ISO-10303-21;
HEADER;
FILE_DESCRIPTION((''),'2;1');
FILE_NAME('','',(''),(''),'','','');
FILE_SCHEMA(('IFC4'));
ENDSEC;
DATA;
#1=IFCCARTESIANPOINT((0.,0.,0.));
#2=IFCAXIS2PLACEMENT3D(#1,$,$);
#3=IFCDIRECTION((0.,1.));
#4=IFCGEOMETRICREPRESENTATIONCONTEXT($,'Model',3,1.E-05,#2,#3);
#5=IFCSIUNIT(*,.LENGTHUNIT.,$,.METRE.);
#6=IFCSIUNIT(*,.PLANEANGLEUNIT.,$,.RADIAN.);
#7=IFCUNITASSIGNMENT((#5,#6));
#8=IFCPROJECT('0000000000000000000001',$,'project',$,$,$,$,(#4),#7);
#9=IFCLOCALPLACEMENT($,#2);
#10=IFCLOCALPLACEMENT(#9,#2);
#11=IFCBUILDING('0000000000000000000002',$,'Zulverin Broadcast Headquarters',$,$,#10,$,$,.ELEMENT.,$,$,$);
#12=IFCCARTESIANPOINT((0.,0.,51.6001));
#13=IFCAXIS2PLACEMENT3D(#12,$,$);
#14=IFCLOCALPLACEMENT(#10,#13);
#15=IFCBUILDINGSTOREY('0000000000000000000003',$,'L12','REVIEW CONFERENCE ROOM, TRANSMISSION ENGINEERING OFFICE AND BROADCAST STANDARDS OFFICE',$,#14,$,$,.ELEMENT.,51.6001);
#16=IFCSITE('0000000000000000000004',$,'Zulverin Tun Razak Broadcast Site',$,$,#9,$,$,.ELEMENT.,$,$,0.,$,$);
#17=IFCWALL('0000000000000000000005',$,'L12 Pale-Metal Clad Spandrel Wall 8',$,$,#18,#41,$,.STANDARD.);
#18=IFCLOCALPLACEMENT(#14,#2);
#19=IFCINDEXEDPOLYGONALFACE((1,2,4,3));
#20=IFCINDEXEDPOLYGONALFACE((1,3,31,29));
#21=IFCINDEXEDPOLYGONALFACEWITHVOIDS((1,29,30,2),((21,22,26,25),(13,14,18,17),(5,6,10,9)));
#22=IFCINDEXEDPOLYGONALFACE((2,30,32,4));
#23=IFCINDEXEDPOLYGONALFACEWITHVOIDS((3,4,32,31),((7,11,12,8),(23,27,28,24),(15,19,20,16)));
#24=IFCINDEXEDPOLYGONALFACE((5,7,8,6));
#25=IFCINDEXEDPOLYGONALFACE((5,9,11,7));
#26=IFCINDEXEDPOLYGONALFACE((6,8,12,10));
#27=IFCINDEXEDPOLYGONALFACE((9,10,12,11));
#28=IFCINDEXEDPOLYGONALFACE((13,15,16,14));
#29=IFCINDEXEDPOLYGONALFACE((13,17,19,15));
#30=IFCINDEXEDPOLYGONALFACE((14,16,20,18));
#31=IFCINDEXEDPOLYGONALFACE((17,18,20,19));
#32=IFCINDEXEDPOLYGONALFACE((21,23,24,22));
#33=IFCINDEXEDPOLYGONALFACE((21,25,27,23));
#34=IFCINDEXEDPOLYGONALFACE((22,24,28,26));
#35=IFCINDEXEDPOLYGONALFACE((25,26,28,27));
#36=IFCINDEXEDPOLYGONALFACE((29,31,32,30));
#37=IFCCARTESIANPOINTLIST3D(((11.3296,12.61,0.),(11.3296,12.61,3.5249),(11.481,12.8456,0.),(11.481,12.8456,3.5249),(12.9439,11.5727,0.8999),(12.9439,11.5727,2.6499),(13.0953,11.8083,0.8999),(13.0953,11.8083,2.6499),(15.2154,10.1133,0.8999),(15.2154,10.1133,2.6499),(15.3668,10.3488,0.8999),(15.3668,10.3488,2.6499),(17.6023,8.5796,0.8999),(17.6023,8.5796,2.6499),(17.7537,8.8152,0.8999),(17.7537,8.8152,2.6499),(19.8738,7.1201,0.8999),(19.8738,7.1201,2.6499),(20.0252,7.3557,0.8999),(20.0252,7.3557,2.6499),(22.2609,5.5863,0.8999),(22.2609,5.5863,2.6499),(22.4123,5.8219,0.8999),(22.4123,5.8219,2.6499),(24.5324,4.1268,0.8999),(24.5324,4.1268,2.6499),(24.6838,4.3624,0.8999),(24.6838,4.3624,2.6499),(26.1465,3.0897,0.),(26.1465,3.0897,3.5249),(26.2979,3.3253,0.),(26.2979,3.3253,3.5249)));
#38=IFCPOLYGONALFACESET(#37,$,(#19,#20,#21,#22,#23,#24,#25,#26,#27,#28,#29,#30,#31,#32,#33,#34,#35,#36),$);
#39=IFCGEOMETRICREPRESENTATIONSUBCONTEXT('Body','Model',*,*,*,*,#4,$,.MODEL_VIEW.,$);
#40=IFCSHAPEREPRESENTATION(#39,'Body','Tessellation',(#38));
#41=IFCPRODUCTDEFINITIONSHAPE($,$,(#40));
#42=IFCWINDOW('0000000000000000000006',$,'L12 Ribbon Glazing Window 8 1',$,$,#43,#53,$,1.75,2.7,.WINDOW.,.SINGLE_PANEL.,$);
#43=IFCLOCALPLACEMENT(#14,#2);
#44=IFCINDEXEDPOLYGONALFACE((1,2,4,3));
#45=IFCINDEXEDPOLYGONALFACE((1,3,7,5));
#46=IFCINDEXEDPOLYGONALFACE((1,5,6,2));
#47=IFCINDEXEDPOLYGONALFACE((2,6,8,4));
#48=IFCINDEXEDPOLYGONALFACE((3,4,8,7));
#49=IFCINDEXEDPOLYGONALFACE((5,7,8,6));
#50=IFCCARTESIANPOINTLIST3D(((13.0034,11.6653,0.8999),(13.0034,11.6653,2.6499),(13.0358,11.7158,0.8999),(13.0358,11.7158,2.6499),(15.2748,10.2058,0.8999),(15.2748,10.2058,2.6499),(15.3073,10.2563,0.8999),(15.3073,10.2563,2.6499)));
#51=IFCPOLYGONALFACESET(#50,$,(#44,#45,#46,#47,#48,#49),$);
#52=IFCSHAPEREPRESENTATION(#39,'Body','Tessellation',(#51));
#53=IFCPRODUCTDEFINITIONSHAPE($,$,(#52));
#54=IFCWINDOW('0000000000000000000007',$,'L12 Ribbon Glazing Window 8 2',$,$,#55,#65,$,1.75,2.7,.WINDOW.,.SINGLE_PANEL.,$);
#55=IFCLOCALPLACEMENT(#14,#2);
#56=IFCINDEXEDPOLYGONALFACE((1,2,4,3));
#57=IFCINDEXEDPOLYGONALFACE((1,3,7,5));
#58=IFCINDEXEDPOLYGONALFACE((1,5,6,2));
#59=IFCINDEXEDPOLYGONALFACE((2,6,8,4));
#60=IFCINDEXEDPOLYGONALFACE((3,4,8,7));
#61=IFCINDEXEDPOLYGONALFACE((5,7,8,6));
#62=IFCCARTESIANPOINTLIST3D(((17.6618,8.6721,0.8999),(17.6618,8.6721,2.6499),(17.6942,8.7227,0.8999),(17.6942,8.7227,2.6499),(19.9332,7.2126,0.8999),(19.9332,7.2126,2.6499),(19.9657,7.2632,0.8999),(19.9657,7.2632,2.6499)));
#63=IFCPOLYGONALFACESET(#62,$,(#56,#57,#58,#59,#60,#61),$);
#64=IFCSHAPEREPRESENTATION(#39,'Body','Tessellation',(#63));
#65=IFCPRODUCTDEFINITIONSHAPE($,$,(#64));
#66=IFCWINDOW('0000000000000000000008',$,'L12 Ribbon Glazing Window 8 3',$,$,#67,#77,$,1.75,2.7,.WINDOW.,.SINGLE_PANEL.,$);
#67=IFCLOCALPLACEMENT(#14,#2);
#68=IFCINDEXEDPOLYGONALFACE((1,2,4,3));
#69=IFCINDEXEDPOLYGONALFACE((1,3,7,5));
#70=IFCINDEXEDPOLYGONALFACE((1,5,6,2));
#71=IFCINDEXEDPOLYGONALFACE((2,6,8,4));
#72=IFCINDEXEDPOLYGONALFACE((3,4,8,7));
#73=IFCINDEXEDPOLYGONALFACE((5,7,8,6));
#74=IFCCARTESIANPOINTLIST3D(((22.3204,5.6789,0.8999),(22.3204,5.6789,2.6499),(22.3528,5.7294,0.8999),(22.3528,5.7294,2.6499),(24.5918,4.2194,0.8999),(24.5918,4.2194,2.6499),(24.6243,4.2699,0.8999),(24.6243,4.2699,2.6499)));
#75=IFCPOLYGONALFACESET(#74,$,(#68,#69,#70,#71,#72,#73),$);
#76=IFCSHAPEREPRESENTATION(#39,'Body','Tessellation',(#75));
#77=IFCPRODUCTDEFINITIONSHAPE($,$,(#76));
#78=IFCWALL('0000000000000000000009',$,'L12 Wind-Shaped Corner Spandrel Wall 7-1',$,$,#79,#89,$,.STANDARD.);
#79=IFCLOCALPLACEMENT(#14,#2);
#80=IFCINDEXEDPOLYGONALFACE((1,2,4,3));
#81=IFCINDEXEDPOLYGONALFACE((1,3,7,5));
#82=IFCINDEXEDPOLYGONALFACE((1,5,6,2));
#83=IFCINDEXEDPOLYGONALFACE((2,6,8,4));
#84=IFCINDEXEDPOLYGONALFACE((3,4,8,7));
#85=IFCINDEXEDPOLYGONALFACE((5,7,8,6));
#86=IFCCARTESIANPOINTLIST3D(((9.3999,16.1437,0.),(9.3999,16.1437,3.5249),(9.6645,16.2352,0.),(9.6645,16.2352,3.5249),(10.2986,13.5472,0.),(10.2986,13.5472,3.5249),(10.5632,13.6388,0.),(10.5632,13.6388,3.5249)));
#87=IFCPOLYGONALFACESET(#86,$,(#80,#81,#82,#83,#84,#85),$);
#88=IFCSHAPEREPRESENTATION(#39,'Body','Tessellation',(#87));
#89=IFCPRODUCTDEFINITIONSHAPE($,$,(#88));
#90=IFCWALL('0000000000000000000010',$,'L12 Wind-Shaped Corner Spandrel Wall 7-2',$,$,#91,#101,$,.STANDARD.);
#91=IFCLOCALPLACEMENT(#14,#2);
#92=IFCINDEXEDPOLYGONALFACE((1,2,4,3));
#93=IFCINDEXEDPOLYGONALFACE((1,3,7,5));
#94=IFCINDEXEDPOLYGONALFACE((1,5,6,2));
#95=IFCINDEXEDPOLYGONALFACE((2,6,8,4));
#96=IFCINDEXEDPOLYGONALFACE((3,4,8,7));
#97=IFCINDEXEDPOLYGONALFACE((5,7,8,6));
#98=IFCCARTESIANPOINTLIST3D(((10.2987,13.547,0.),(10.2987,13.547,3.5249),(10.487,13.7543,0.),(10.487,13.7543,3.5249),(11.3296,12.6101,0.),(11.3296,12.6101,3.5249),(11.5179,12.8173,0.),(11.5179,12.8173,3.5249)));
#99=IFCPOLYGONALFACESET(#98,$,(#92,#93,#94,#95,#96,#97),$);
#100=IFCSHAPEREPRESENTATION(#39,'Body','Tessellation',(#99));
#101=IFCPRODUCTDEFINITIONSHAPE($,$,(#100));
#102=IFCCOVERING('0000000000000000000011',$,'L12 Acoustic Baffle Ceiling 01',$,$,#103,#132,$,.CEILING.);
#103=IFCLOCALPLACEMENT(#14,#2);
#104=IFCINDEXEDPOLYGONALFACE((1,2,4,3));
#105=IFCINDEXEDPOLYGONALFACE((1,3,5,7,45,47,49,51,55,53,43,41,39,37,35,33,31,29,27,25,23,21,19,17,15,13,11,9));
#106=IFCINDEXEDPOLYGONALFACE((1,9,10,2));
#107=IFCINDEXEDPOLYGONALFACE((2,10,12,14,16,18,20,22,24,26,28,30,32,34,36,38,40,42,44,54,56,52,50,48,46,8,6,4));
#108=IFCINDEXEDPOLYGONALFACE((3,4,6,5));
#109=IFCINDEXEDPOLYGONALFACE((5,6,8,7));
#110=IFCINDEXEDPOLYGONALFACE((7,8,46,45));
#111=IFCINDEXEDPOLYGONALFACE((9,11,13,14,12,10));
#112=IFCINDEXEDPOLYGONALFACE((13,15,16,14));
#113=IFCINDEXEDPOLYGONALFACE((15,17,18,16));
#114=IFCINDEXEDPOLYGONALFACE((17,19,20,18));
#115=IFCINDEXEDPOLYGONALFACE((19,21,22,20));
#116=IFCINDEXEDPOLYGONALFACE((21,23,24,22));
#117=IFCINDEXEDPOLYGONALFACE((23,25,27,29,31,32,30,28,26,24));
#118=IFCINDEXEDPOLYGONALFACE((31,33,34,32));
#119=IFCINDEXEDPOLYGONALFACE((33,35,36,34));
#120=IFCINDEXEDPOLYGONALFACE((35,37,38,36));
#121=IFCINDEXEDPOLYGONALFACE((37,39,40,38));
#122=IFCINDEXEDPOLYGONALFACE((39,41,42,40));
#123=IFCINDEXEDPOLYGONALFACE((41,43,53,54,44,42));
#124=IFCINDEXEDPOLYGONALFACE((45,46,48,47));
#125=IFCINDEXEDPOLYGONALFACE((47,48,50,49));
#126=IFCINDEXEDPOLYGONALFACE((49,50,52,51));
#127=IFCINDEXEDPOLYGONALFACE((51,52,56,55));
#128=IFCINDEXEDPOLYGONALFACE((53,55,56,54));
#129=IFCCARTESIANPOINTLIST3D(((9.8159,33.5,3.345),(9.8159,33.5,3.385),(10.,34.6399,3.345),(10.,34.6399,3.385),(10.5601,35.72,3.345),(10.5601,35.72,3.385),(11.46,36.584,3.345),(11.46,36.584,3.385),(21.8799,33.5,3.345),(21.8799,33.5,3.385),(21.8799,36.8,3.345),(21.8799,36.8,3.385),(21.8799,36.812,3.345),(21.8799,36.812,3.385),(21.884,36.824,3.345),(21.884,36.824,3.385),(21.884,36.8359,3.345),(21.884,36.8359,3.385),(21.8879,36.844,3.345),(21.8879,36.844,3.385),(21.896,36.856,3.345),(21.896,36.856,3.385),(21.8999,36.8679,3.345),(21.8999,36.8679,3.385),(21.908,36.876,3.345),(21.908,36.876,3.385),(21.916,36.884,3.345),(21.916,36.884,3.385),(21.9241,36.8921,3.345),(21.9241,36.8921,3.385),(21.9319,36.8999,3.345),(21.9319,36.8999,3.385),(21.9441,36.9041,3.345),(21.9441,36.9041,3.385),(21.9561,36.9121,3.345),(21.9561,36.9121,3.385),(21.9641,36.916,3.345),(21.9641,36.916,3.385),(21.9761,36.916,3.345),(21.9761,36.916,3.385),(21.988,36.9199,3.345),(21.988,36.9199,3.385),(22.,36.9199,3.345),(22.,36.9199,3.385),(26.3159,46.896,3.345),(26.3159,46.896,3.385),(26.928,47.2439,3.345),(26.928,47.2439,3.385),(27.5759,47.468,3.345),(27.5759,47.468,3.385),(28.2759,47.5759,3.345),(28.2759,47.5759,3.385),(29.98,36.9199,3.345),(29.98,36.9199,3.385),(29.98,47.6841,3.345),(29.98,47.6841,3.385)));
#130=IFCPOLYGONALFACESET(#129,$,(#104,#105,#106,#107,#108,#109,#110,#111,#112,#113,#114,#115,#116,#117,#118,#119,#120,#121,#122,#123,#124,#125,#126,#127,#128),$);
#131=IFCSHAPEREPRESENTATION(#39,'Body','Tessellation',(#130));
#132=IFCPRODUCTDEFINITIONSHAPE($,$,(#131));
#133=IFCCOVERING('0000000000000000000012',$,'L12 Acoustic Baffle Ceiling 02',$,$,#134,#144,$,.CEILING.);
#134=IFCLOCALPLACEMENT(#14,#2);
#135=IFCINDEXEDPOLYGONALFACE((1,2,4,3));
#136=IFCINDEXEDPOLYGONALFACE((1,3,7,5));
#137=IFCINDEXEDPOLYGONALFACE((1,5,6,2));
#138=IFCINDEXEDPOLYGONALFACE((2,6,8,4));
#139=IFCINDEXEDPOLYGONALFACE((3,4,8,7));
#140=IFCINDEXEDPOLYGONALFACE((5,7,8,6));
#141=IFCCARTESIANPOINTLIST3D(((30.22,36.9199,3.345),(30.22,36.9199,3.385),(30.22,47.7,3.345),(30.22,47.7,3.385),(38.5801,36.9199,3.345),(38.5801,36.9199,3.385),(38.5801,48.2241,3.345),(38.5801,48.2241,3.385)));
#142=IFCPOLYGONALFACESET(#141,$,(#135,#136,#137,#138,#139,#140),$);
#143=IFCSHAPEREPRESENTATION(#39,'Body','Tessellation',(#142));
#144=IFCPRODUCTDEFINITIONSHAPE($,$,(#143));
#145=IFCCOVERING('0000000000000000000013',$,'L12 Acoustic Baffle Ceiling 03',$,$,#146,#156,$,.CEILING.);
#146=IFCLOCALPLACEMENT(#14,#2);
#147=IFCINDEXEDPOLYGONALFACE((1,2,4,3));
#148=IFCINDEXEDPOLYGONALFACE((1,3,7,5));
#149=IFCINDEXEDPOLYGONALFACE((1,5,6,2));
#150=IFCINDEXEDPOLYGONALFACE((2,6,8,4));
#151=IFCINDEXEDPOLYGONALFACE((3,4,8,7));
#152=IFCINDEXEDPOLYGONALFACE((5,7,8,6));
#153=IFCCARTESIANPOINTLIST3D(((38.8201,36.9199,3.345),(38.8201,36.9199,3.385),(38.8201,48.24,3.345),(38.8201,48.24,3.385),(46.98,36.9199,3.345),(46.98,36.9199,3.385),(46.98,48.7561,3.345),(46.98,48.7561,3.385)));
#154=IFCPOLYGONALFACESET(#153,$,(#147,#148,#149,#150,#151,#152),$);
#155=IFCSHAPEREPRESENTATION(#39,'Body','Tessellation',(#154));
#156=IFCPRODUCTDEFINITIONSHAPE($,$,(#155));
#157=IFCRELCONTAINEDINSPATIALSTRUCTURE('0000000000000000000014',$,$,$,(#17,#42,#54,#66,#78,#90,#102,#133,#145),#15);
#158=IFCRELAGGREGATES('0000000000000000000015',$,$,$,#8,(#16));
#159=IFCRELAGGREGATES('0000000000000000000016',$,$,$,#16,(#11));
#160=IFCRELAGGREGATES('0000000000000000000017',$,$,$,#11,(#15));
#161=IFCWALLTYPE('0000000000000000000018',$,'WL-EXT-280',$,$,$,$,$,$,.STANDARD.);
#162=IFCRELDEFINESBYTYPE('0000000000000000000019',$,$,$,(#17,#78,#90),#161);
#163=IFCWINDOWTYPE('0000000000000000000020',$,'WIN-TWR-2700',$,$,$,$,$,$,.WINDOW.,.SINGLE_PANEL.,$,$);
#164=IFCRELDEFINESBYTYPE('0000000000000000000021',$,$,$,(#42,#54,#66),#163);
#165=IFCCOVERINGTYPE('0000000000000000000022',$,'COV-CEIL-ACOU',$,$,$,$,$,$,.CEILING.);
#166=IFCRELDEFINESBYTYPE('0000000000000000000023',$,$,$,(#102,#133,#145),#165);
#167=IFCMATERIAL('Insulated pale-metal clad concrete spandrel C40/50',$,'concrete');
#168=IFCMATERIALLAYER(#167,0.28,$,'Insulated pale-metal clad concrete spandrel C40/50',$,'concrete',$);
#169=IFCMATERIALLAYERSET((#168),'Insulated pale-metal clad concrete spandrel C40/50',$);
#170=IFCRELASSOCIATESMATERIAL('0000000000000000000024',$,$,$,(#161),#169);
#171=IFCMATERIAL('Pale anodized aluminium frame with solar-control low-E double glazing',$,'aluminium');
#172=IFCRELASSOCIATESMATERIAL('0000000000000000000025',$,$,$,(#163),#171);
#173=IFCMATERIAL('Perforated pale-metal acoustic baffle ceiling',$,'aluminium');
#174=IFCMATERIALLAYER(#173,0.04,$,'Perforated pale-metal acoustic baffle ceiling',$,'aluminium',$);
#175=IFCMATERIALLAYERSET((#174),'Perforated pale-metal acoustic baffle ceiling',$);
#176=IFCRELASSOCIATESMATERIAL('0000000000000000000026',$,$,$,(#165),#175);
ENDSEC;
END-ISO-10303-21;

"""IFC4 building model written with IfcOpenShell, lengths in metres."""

from ifc_helpers import new_model, si_unit, direction, frame, frame_2d, origin, place, context, subcontext, project, spatial, polyline, rectangle, outline, extrude, material, layer, layer_set, type_object, element, fill, save


model = new_model("IFC4")

# Units and contexts
model_context = context("Model", 3, precision=1e-05, world=origin(), true_north=direction((0.0, 1.0)))
body_context = subcontext(model_context, "Body", "Model", "MODEL_VIEW")
ifc_project = project(units=[si_unit("LENGTHUNIT", "METRE"), si_unit("PLANEANGLEUNIT", "RADIAN")], contexts=[model_context])

# Site, building, storey
site_placement = place(None, origin())
site = spatial("IfcSite", under=ifc_project, at=site_placement, Name="Zulverin Tun Razak Broadcast Site", CompositionType="ELEMENT", RefElevation=0.0)
building_placement = place(site_placement, origin())
building = spatial("IfcBuilding", under=site, at=building_placement, Name="Zulverin Broadcast Headquarters", CompositionType="ELEMENT")
storey_placement = place(building_placement, frame((0.0, 0.0, 51.6001)))
storey = spatial("IfcBuildingStorey", under=building, at=storey_placement, Name="L12", Description="REVIEW CONFERENCE ROOM, TRANSMISSION ENGINEERING OFFICE AND BROADCAST STANDARDS OFFICE", CompositionType="ELEMENT", Elevation=51.6001)

# Wall, openings, windows
ifc_material_1 = material(Name="Insulated pale-metal clad concrete spandrel C40/50", Category="concrete")
ifc_layer_1 = layer(ifc_material_1, 0.28, Name="Insulated pale-metal clad concrete spandrel C40/50", Category="concrete")
ifc_layer_set_1 = layer_set([ifc_layer_1], Name="Insulated pale-metal clad concrete spandrel C40/50")
wall_type = type_object("IfcWallType", Name="WL-EXT-280", PredefinedType="STANDARD", material=ifc_layer_set_1)
wall_1_placement = place(storey_placement, frame((11.4053, 12.7278, 0.0), z_axis=(0.0, 0.0, 1.0), x_axis=(0.841305, -0.540561, 0.0)))
wall_1 = element("IfcWall", 1, at=wall_1_placement, inside=storey, type_object=wall_type, Name="L12 Pale-Metal Clad Spandrel Wall 8", PredefinedType="STANDARD", context=body_context, shape_type="SweptSolid", body=[
    extrude(rectangle(XDim=17.6118, YDim=0.28, at=frame_2d((8.8059, 0.0))), origin(), (0.0, 0.0, 1.0), 3.5249),
])
opening_1_placement = place(wall_1_placement, frame((1.9187, 0.0, 0.8999)))
opening_1 = element("IfcOpeningElement", 2, at=opening_1_placement, cuts=wall_1, PredefinedType="OPENING", context=body_context, shape_type="SweptSolid", body=[
    extrude(rectangle(XDim=2.7, YDim=1.75, at=frame_2d((1.3501, 0.875))), frame((0.0, 0.1499, 0.0), z_axis=(0.0, -1.0, 0.0), x_axis=(1.0, 0.0, 0.0)), (0.0, 0.0, 1.0), 0.3),
])
opening_2_placement = place(wall_1_placement, frame((7.4558, 0.0, 0.8999)))
opening_2 = element("IfcOpeningElement", 3, at=opening_2_placement, cuts=wall_1, PredefinedType="OPENING", context=body_context, shape_type="SweptSolid", body=[
    extrude(rectangle(XDim=2.7, YDim=1.75, at=frame_2d((1.3501, 0.875))), frame((0.0, 0.1499, 0.0), z_axis=(0.0, -1.0, 0.0), x_axis=(1.0, 0.0, 0.0)), (0.0, 0.0, 1.0), 0.3),
])
opening_3_placement = place(wall_1_placement, frame((12.9932, 0.0, 0.8999)))
opening_3 = element("IfcOpeningElement", 4, at=opening_3_placement, cuts=wall_1, PredefinedType="OPENING", context=body_context, shape_type="SweptSolid", body=[
    extrude(rectangle(XDim=2.7, YDim=1.75, at=frame_2d((1.3501, 0.875))), frame((0.0, 0.1499, 0.0), z_axis=(0.0, -1.0, 0.0), x_axis=(1.0, 0.0, 0.0)), (0.0, 0.0, 1.0), 0.3),
])
ifc_material_2 = material(Name="Pale anodized aluminium frame with solar-control low-E double glazing", Category="aluminium")
window_type = type_object("IfcWindowType", Name="WIN-TWR-2700", PartitioningType="SINGLE_PANEL", PredefinedType="WINDOW", material=ifc_material_2)
window_1_placement = place(opening_1_placement, origin())
window_1 = element("IfcWindow", 5, at=window_1_placement, inside=storey, type_object=window_type, Name="L12 Ribbon Glazing Window 8 1", OverallHeight=1.75, OverallWidth=2.7, PartitioningType="SINGLE_PANEL", PredefinedType="WINDOW", context=body_context, shape_type="SweptSolid", body=[
    extrude(rectangle(XDim=2.7, YDim=1.75, at=frame_2d((1.3501, 0.875))), frame((0.0, 0.03, 0.0), z_axis=(0.0, -1.0, 0.0), x_axis=(1.0, 0.0, 0.0)), (0.0, 0.0, 1.0), 0.0601),
])
fill(opening_1, window_1)
window_2_placement = place(opening_2_placement, origin())
window_2 = element("IfcWindow", 6, at=window_2_placement, inside=storey, type_object=window_type, Name="L12 Ribbon Glazing Window 8 2", OverallHeight=1.75, OverallWidth=2.7, PartitioningType="SINGLE_PANEL", PredefinedType="WINDOW", context=body_context, shape_type="SweptSolid", body=[
    extrude(rectangle(XDim=2.7, YDim=1.75, at=frame_2d((1.3501, 0.875))), frame((0.0, 0.03, 0.0), z_axis=(0.0, -1.0, 0.0), x_axis=(1.0, 0.0, 0.0)), (0.0, 0.0, 1.0), 0.0601),
])
fill(opening_2, window_2)
window_3_placement = place(opening_3_placement, origin())
window_3 = element("IfcWindow", 7, at=window_3_placement, inside=storey, type_object=window_type, Name="L12 Ribbon Glazing Window 8 3", OverallHeight=1.75, OverallWidth=2.7, PartitioningType="SINGLE_PANEL", PredefinedType="WINDOW", context=body_context, shape_type="SweptSolid", body=[
    extrude(rectangle(XDim=2.7, YDim=1.75, at=frame_2d((1.3501, 0.875))), frame((0.0, 0.03, 0.0), z_axis=(0.0, -1.0, 0.0), x_axis=(1.0, 0.0, 0.0)), (0.0, 0.0, 1.0), 0.0601),
])
fill(opening_3, window_3)

# Walls
wall_2_placement = place(storey_placement, frame((9.5322, 16.1895, 0.0), z_axis=(0.0, 0.0, 1.0), x_axis=(0.327083, -0.944996, 0.0)))
element("IfcWall", 8, at=wall_2_placement, inside=storey, type_object=wall_type, Name="L12 Wind-Shaped Corner Spandrel Wall 7-1", PredefinedType="STANDARD", context=body_context, shape_type="SweptSolid", body=[
    extrude(rectangle(XDim=2.7476, YDim=0.28, at=frame_2d((1.3738, 0.0))), origin(), (0.0, 0.0, 1.0), 3.5249),
])
wall_3_placement = place(storey_placement, frame((10.3928, 13.6506, 0.0), z_axis=(0.0, 0.0, 1.0), x_axis=(0.740035, -0.672568, 0.0)))
element("IfcWall", 9, at=wall_3_placement, inside=storey, type_object=wall_type, Name="L12 Wind-Shaped Corner Spandrel Wall 7-2", PredefinedType="STANDARD", context=body_context, shape_type="SweptSolid", body=[
    extrude(rectangle(XDim=1.3931, YDim=0.28, at=frame_2d((0.6965, 0.0))), origin(), (0.0, 0.0, 1.0), 3.5249),
])

# Coverings
ifc_material_3 = material(Name="Perforated pale-metal acoustic baffle ceiling", Category="aluminium")
ifc_layer_2 = layer(ifc_material_3, 0.04, Name="Perforated pale-metal acoustic baffle ceiling", Category="aluminium")
ifc_layer_set_2 = layer_set([ifc_layer_2], Name="Perforated pale-metal acoustic baffle ceiling")
covering_type_1 = type_object("IfcCoveringType", Name="COV-CEIL-ACOU", PredefinedType="CEILING", material=ifc_layer_set_2)
covering_1_placement = place(storey_placement, frame((0.0, 0.0, 3.345)))
element("IfcCovering", 10, at=covering_1_placement, inside=storey, type_object=covering_type_1, Name="L12 Acoustic Baffle Ceiling 01", PredefinedType="CEILING", context=body_context, shape_type="SweptSolid", body=[
    extrude(outline(polyline([(11.46, 36.584), (10.5601, 35.72), (10.0, 34.6399), (9.8159, 33.5), (21.8799, 33.5), (21.8799, 36.8), (21.8799, 36.812), (21.884, 36.824), (21.884, 36.8359), (21.8879, 36.844), (21.896, 36.856), (21.8999, 36.8679), (21.908, 36.876), (21.916, 36.884), (21.9241, 36.8921), (21.9319, 36.8999), (21.9441, 36.9041), (21.9561, 36.9121), (21.9641, 36.916), (21.9761, 36.916), (21.988, 36.9199), (22.0, 36.9199), (29.98, 36.9199), (29.98, 47.6841), (28.2759, 47.5759), (27.5759, 47.468), (26.928, 47.2439), (26.3159, 46.896), (11.46, 36.584)])), origin(), (0.0, 0.0, 1.0), 0.04),
])
covering_2_placement = place(storey_placement, frame((0.0, 0.0, 3.345)))
element("IfcCovering", 11, at=covering_2_placement, inside=storey, type_object=covering_type_1, Name="L12 Acoustic Baffle Ceiling 02", PredefinedType="CEILING", context=body_context, shape_type="SweptSolid", body=[
    extrude(outline(polyline([(38.5801, 36.9199), (38.5801, 48.2241), (30.22, 47.7), (30.22, 36.9199), (38.5801, 36.9199)])), origin(), (0.0, 0.0, 1.0), 0.04),
])
covering_3_placement = place(storey_placement, frame((0.0, 0.0, 3.345)))
element("IfcCovering", 12, at=covering_3_placement, inside=storey, type_object=covering_type_1, Name="L12 Acoustic Baffle Ceiling 03", PredefinedType="CEILING", context=body_context, shape_type="SweptSolid", body=[
    extrude(outline(polyline([(46.98, 36.9199), (46.98, 48.7561), (38.8201, 48.24), (38.8201, 36.9199), (46.98, 36.9199)])), origin(), (0.0, 0.0, 1.0), 0.04),
])

save(model, "model.ifc")
